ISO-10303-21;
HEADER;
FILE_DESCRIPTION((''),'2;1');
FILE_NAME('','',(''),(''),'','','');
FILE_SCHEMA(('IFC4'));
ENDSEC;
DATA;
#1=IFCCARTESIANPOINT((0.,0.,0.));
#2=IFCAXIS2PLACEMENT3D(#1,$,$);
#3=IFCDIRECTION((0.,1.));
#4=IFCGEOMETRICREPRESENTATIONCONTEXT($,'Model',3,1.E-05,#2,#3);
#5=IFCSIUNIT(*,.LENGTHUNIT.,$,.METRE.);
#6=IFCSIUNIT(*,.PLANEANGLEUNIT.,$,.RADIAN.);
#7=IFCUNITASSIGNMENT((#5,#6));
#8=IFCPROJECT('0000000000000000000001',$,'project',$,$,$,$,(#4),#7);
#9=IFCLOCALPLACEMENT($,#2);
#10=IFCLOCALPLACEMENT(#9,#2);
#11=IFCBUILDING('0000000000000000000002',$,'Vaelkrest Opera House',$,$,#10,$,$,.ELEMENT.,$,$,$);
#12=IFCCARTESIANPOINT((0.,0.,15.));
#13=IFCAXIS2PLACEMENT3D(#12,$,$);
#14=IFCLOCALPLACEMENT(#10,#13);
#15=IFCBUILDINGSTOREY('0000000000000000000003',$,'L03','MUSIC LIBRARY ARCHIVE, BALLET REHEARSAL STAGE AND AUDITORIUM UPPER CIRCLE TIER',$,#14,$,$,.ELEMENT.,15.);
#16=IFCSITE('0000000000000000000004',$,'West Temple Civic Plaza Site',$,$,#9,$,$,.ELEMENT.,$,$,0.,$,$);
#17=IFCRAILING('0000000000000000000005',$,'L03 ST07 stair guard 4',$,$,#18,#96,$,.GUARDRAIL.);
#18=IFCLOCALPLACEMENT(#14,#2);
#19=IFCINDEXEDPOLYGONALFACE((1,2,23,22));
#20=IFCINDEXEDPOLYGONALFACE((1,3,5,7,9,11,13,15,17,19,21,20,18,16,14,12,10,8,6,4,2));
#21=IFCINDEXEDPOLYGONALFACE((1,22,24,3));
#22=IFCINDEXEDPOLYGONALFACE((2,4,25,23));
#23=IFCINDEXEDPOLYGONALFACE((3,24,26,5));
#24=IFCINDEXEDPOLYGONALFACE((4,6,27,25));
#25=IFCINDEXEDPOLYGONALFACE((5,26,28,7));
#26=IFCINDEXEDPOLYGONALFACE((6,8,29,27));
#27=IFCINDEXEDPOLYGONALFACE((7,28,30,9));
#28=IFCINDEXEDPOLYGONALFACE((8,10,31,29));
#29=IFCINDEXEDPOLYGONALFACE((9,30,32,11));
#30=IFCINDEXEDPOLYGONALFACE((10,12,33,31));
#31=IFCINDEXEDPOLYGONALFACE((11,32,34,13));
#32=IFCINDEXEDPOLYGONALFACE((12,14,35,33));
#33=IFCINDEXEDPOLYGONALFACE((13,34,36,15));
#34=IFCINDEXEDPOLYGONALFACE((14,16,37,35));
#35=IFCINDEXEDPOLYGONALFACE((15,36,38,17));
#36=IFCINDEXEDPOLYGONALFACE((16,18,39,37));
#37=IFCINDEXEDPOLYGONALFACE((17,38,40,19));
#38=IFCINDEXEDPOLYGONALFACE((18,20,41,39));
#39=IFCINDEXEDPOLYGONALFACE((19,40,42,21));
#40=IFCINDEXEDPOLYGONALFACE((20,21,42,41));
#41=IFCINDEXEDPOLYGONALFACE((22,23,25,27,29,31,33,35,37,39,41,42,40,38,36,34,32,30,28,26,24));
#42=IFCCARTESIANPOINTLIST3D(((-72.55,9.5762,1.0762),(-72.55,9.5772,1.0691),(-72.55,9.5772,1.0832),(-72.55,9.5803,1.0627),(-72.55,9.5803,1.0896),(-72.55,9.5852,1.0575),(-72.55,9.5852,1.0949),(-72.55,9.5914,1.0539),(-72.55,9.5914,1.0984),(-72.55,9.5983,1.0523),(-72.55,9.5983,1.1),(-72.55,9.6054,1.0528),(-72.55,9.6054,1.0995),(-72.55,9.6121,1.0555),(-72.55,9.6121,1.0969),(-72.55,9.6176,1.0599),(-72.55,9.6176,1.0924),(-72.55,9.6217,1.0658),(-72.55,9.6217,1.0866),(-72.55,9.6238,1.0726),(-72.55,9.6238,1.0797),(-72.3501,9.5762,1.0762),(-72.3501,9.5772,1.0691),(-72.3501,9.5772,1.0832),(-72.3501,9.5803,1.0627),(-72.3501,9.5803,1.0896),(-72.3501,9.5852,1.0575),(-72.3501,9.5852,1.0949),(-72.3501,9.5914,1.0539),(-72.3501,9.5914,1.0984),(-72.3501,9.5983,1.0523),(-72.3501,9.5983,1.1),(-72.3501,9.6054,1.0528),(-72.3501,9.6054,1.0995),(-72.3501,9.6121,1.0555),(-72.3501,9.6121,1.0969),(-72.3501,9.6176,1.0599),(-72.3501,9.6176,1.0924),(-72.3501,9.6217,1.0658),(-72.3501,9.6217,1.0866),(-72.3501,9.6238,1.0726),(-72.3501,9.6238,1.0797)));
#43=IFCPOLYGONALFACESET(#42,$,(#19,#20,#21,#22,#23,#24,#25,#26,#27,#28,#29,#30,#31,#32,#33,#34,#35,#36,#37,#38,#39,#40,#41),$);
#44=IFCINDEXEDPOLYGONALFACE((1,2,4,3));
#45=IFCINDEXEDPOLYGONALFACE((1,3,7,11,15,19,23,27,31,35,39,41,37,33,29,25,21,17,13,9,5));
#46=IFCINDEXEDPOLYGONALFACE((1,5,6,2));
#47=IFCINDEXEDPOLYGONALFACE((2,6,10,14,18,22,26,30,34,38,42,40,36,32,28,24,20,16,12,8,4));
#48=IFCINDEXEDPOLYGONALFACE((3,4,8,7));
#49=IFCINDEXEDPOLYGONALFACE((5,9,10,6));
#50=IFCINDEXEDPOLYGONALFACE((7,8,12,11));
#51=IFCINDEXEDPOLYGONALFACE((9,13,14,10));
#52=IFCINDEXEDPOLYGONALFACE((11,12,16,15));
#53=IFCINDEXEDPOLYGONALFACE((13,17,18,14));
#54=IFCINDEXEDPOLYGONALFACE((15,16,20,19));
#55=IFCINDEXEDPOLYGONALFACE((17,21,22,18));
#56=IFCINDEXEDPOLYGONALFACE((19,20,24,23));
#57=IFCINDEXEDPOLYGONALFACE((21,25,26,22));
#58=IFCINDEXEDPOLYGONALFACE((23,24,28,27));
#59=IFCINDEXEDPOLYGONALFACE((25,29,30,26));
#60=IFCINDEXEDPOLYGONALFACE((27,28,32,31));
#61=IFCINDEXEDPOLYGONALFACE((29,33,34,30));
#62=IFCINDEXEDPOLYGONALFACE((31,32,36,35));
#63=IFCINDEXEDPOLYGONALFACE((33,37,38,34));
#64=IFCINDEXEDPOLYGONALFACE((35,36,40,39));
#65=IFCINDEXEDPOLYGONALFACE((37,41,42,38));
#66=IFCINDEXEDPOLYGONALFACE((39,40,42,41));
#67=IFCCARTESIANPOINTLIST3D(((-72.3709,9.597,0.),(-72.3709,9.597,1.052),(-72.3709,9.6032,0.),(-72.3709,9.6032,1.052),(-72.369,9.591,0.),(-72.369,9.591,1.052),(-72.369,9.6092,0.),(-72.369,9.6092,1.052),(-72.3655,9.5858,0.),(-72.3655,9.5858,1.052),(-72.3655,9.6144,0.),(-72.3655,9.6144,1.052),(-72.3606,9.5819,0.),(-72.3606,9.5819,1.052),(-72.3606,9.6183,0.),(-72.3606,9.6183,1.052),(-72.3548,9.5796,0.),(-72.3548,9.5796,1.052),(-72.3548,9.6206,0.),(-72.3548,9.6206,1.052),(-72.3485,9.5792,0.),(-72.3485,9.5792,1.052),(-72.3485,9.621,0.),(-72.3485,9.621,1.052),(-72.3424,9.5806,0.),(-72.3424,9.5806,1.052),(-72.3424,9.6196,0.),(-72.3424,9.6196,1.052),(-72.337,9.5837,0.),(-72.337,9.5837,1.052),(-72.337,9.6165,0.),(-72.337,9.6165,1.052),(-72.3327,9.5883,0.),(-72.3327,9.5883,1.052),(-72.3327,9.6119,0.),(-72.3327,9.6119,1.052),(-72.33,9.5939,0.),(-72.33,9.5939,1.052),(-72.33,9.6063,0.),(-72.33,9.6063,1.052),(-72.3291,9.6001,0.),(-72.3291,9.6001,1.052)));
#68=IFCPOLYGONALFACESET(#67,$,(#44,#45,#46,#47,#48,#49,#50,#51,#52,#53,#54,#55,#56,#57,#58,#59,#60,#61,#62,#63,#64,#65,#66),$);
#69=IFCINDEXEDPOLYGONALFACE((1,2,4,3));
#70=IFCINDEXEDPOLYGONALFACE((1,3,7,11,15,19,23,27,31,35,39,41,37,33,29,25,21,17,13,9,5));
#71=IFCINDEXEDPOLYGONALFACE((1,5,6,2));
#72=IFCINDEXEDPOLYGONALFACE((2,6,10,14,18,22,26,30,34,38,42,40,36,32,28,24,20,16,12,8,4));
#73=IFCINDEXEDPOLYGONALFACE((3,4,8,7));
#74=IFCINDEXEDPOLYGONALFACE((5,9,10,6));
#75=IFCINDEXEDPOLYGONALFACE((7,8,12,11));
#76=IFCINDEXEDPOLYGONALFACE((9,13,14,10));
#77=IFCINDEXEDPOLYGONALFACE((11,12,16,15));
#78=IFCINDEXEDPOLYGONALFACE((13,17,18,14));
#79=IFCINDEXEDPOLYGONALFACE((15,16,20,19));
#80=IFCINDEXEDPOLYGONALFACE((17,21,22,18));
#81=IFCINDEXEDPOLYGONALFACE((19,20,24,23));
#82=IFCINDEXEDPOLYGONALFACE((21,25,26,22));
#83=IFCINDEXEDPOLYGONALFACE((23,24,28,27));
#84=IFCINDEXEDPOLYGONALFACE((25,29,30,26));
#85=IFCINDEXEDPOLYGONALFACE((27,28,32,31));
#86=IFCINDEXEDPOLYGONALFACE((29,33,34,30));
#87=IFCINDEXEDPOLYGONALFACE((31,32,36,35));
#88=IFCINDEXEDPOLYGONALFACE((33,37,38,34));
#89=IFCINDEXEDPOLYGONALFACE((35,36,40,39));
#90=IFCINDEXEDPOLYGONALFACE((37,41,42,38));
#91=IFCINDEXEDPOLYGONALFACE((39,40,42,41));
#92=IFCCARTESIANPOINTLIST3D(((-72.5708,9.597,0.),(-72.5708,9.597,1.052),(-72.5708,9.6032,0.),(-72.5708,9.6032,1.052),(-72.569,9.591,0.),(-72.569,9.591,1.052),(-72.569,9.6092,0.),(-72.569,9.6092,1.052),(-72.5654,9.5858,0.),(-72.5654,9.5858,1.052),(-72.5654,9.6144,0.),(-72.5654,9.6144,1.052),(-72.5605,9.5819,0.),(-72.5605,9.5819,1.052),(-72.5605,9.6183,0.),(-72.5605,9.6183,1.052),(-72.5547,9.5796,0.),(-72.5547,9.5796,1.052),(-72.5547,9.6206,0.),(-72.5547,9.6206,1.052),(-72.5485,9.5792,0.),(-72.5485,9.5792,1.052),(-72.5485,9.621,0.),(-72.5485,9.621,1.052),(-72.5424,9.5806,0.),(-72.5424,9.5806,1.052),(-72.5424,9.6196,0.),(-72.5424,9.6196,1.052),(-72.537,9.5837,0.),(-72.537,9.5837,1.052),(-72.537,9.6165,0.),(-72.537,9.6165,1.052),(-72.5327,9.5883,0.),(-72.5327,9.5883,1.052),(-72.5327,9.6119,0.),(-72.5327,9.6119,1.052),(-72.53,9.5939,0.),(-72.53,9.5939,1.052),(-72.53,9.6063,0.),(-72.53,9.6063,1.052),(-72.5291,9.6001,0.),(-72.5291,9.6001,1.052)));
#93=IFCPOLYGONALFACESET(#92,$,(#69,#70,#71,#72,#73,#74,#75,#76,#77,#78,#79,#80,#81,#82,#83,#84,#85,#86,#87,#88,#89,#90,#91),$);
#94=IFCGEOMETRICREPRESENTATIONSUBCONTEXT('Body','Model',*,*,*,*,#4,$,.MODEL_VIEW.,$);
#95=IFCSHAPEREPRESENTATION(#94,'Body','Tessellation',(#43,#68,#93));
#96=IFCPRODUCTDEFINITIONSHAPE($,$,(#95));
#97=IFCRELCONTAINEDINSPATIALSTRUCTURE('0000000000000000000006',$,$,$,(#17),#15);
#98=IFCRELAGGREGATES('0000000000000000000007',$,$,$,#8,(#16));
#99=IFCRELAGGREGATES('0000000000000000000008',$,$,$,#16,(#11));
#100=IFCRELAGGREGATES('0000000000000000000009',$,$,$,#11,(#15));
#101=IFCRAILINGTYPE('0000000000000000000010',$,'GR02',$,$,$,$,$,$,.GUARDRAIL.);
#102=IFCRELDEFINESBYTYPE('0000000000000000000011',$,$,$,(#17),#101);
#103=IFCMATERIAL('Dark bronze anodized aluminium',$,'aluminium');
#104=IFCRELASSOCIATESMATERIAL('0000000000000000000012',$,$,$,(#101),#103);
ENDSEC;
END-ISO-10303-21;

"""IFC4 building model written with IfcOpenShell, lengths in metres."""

from ifc_helpers import new_model, si_unit, direction, frame, origin, origin_2d, place, context, subcontext, project, spatial, circle, extrude, material, type_object, element, save


model = new_model("IFC4")

# Units and contexts
model_context = context("Model", 3, precision=1e-05, world=origin(), true_north=direction((0.0, 1.0)))
body_context = subcontext(model_context, "Body", "Model", "MODEL_VIEW")
ifc_project = project(units=[si_unit("LENGTHUNIT", "METRE"), si_unit("PLANEANGLEUNIT", "RADIAN")], contexts=[model_context])

# Site, building, storey
site_placement = place(None, origin())
site = spatial("IfcSite", under=ifc_project, at=site_placement, Name="West Temple Civic Plaza Site", CompositionType="ELEMENT", RefElevation=0.0)
building_placement = place(site_placement, origin())
building = spatial("IfcBuilding", under=site, at=building_placement, Name="Vaelkrest Opera House", CompositionType="ELEMENT")
storey_placement = place(building_placement, frame((0.0, 0.0, 15.0)))
storey = spatial("IfcBuildingStorey", under=building, at=storey_placement, Name="L03", Description="MUSIC LIBRARY ARCHIVE, BALLET REHEARSAL STAGE AND AUDITORIUM UPPER CIRCLE TIER", CompositionType="ELEMENT", Elevation=15.0)

# Shared definitions
ifc_material_1 = material(Name="Dark bronze anodized aluminium", Category="aluminium")

# Railing
railing_type_1 = type_object("IfcRailingType", Name="GR02", PredefinedType="GUARDRAIL", material=ifc_material_1)
railing_1_placement = place(storey_placement, frame((-72.3501, 9.6001, 0.0)))
element("IfcRailing", 1, at=railing_1_placement, inside=storey, type_object=railing_type_1, Name="L03 ST07 stair guard 4", PredefinedType="GUARDRAIL", context=body_context, shape_type="SweptSolid", body=[
    extrude(circle(Radius=0.0239, at=origin_2d()), frame((0.0, 0.0, 1.0762), z_axis=(-1.0, 0.0, 0.0), x_axis=(0.0, -1.0, 0.0)), (0.0, 0.0, 1.0), 0.2),
    extrude(circle(Radius=0.021, at=origin_2d()), origin(), (0.0, 0.0, 1.0), 1.052),
    extrude(circle(Radius=0.021, at=origin_2d()), frame((-0.2, 0.0, 0.0)), (0.0, 0.0, 1.0), 1.052),
])

save(model, "model.ifc")
